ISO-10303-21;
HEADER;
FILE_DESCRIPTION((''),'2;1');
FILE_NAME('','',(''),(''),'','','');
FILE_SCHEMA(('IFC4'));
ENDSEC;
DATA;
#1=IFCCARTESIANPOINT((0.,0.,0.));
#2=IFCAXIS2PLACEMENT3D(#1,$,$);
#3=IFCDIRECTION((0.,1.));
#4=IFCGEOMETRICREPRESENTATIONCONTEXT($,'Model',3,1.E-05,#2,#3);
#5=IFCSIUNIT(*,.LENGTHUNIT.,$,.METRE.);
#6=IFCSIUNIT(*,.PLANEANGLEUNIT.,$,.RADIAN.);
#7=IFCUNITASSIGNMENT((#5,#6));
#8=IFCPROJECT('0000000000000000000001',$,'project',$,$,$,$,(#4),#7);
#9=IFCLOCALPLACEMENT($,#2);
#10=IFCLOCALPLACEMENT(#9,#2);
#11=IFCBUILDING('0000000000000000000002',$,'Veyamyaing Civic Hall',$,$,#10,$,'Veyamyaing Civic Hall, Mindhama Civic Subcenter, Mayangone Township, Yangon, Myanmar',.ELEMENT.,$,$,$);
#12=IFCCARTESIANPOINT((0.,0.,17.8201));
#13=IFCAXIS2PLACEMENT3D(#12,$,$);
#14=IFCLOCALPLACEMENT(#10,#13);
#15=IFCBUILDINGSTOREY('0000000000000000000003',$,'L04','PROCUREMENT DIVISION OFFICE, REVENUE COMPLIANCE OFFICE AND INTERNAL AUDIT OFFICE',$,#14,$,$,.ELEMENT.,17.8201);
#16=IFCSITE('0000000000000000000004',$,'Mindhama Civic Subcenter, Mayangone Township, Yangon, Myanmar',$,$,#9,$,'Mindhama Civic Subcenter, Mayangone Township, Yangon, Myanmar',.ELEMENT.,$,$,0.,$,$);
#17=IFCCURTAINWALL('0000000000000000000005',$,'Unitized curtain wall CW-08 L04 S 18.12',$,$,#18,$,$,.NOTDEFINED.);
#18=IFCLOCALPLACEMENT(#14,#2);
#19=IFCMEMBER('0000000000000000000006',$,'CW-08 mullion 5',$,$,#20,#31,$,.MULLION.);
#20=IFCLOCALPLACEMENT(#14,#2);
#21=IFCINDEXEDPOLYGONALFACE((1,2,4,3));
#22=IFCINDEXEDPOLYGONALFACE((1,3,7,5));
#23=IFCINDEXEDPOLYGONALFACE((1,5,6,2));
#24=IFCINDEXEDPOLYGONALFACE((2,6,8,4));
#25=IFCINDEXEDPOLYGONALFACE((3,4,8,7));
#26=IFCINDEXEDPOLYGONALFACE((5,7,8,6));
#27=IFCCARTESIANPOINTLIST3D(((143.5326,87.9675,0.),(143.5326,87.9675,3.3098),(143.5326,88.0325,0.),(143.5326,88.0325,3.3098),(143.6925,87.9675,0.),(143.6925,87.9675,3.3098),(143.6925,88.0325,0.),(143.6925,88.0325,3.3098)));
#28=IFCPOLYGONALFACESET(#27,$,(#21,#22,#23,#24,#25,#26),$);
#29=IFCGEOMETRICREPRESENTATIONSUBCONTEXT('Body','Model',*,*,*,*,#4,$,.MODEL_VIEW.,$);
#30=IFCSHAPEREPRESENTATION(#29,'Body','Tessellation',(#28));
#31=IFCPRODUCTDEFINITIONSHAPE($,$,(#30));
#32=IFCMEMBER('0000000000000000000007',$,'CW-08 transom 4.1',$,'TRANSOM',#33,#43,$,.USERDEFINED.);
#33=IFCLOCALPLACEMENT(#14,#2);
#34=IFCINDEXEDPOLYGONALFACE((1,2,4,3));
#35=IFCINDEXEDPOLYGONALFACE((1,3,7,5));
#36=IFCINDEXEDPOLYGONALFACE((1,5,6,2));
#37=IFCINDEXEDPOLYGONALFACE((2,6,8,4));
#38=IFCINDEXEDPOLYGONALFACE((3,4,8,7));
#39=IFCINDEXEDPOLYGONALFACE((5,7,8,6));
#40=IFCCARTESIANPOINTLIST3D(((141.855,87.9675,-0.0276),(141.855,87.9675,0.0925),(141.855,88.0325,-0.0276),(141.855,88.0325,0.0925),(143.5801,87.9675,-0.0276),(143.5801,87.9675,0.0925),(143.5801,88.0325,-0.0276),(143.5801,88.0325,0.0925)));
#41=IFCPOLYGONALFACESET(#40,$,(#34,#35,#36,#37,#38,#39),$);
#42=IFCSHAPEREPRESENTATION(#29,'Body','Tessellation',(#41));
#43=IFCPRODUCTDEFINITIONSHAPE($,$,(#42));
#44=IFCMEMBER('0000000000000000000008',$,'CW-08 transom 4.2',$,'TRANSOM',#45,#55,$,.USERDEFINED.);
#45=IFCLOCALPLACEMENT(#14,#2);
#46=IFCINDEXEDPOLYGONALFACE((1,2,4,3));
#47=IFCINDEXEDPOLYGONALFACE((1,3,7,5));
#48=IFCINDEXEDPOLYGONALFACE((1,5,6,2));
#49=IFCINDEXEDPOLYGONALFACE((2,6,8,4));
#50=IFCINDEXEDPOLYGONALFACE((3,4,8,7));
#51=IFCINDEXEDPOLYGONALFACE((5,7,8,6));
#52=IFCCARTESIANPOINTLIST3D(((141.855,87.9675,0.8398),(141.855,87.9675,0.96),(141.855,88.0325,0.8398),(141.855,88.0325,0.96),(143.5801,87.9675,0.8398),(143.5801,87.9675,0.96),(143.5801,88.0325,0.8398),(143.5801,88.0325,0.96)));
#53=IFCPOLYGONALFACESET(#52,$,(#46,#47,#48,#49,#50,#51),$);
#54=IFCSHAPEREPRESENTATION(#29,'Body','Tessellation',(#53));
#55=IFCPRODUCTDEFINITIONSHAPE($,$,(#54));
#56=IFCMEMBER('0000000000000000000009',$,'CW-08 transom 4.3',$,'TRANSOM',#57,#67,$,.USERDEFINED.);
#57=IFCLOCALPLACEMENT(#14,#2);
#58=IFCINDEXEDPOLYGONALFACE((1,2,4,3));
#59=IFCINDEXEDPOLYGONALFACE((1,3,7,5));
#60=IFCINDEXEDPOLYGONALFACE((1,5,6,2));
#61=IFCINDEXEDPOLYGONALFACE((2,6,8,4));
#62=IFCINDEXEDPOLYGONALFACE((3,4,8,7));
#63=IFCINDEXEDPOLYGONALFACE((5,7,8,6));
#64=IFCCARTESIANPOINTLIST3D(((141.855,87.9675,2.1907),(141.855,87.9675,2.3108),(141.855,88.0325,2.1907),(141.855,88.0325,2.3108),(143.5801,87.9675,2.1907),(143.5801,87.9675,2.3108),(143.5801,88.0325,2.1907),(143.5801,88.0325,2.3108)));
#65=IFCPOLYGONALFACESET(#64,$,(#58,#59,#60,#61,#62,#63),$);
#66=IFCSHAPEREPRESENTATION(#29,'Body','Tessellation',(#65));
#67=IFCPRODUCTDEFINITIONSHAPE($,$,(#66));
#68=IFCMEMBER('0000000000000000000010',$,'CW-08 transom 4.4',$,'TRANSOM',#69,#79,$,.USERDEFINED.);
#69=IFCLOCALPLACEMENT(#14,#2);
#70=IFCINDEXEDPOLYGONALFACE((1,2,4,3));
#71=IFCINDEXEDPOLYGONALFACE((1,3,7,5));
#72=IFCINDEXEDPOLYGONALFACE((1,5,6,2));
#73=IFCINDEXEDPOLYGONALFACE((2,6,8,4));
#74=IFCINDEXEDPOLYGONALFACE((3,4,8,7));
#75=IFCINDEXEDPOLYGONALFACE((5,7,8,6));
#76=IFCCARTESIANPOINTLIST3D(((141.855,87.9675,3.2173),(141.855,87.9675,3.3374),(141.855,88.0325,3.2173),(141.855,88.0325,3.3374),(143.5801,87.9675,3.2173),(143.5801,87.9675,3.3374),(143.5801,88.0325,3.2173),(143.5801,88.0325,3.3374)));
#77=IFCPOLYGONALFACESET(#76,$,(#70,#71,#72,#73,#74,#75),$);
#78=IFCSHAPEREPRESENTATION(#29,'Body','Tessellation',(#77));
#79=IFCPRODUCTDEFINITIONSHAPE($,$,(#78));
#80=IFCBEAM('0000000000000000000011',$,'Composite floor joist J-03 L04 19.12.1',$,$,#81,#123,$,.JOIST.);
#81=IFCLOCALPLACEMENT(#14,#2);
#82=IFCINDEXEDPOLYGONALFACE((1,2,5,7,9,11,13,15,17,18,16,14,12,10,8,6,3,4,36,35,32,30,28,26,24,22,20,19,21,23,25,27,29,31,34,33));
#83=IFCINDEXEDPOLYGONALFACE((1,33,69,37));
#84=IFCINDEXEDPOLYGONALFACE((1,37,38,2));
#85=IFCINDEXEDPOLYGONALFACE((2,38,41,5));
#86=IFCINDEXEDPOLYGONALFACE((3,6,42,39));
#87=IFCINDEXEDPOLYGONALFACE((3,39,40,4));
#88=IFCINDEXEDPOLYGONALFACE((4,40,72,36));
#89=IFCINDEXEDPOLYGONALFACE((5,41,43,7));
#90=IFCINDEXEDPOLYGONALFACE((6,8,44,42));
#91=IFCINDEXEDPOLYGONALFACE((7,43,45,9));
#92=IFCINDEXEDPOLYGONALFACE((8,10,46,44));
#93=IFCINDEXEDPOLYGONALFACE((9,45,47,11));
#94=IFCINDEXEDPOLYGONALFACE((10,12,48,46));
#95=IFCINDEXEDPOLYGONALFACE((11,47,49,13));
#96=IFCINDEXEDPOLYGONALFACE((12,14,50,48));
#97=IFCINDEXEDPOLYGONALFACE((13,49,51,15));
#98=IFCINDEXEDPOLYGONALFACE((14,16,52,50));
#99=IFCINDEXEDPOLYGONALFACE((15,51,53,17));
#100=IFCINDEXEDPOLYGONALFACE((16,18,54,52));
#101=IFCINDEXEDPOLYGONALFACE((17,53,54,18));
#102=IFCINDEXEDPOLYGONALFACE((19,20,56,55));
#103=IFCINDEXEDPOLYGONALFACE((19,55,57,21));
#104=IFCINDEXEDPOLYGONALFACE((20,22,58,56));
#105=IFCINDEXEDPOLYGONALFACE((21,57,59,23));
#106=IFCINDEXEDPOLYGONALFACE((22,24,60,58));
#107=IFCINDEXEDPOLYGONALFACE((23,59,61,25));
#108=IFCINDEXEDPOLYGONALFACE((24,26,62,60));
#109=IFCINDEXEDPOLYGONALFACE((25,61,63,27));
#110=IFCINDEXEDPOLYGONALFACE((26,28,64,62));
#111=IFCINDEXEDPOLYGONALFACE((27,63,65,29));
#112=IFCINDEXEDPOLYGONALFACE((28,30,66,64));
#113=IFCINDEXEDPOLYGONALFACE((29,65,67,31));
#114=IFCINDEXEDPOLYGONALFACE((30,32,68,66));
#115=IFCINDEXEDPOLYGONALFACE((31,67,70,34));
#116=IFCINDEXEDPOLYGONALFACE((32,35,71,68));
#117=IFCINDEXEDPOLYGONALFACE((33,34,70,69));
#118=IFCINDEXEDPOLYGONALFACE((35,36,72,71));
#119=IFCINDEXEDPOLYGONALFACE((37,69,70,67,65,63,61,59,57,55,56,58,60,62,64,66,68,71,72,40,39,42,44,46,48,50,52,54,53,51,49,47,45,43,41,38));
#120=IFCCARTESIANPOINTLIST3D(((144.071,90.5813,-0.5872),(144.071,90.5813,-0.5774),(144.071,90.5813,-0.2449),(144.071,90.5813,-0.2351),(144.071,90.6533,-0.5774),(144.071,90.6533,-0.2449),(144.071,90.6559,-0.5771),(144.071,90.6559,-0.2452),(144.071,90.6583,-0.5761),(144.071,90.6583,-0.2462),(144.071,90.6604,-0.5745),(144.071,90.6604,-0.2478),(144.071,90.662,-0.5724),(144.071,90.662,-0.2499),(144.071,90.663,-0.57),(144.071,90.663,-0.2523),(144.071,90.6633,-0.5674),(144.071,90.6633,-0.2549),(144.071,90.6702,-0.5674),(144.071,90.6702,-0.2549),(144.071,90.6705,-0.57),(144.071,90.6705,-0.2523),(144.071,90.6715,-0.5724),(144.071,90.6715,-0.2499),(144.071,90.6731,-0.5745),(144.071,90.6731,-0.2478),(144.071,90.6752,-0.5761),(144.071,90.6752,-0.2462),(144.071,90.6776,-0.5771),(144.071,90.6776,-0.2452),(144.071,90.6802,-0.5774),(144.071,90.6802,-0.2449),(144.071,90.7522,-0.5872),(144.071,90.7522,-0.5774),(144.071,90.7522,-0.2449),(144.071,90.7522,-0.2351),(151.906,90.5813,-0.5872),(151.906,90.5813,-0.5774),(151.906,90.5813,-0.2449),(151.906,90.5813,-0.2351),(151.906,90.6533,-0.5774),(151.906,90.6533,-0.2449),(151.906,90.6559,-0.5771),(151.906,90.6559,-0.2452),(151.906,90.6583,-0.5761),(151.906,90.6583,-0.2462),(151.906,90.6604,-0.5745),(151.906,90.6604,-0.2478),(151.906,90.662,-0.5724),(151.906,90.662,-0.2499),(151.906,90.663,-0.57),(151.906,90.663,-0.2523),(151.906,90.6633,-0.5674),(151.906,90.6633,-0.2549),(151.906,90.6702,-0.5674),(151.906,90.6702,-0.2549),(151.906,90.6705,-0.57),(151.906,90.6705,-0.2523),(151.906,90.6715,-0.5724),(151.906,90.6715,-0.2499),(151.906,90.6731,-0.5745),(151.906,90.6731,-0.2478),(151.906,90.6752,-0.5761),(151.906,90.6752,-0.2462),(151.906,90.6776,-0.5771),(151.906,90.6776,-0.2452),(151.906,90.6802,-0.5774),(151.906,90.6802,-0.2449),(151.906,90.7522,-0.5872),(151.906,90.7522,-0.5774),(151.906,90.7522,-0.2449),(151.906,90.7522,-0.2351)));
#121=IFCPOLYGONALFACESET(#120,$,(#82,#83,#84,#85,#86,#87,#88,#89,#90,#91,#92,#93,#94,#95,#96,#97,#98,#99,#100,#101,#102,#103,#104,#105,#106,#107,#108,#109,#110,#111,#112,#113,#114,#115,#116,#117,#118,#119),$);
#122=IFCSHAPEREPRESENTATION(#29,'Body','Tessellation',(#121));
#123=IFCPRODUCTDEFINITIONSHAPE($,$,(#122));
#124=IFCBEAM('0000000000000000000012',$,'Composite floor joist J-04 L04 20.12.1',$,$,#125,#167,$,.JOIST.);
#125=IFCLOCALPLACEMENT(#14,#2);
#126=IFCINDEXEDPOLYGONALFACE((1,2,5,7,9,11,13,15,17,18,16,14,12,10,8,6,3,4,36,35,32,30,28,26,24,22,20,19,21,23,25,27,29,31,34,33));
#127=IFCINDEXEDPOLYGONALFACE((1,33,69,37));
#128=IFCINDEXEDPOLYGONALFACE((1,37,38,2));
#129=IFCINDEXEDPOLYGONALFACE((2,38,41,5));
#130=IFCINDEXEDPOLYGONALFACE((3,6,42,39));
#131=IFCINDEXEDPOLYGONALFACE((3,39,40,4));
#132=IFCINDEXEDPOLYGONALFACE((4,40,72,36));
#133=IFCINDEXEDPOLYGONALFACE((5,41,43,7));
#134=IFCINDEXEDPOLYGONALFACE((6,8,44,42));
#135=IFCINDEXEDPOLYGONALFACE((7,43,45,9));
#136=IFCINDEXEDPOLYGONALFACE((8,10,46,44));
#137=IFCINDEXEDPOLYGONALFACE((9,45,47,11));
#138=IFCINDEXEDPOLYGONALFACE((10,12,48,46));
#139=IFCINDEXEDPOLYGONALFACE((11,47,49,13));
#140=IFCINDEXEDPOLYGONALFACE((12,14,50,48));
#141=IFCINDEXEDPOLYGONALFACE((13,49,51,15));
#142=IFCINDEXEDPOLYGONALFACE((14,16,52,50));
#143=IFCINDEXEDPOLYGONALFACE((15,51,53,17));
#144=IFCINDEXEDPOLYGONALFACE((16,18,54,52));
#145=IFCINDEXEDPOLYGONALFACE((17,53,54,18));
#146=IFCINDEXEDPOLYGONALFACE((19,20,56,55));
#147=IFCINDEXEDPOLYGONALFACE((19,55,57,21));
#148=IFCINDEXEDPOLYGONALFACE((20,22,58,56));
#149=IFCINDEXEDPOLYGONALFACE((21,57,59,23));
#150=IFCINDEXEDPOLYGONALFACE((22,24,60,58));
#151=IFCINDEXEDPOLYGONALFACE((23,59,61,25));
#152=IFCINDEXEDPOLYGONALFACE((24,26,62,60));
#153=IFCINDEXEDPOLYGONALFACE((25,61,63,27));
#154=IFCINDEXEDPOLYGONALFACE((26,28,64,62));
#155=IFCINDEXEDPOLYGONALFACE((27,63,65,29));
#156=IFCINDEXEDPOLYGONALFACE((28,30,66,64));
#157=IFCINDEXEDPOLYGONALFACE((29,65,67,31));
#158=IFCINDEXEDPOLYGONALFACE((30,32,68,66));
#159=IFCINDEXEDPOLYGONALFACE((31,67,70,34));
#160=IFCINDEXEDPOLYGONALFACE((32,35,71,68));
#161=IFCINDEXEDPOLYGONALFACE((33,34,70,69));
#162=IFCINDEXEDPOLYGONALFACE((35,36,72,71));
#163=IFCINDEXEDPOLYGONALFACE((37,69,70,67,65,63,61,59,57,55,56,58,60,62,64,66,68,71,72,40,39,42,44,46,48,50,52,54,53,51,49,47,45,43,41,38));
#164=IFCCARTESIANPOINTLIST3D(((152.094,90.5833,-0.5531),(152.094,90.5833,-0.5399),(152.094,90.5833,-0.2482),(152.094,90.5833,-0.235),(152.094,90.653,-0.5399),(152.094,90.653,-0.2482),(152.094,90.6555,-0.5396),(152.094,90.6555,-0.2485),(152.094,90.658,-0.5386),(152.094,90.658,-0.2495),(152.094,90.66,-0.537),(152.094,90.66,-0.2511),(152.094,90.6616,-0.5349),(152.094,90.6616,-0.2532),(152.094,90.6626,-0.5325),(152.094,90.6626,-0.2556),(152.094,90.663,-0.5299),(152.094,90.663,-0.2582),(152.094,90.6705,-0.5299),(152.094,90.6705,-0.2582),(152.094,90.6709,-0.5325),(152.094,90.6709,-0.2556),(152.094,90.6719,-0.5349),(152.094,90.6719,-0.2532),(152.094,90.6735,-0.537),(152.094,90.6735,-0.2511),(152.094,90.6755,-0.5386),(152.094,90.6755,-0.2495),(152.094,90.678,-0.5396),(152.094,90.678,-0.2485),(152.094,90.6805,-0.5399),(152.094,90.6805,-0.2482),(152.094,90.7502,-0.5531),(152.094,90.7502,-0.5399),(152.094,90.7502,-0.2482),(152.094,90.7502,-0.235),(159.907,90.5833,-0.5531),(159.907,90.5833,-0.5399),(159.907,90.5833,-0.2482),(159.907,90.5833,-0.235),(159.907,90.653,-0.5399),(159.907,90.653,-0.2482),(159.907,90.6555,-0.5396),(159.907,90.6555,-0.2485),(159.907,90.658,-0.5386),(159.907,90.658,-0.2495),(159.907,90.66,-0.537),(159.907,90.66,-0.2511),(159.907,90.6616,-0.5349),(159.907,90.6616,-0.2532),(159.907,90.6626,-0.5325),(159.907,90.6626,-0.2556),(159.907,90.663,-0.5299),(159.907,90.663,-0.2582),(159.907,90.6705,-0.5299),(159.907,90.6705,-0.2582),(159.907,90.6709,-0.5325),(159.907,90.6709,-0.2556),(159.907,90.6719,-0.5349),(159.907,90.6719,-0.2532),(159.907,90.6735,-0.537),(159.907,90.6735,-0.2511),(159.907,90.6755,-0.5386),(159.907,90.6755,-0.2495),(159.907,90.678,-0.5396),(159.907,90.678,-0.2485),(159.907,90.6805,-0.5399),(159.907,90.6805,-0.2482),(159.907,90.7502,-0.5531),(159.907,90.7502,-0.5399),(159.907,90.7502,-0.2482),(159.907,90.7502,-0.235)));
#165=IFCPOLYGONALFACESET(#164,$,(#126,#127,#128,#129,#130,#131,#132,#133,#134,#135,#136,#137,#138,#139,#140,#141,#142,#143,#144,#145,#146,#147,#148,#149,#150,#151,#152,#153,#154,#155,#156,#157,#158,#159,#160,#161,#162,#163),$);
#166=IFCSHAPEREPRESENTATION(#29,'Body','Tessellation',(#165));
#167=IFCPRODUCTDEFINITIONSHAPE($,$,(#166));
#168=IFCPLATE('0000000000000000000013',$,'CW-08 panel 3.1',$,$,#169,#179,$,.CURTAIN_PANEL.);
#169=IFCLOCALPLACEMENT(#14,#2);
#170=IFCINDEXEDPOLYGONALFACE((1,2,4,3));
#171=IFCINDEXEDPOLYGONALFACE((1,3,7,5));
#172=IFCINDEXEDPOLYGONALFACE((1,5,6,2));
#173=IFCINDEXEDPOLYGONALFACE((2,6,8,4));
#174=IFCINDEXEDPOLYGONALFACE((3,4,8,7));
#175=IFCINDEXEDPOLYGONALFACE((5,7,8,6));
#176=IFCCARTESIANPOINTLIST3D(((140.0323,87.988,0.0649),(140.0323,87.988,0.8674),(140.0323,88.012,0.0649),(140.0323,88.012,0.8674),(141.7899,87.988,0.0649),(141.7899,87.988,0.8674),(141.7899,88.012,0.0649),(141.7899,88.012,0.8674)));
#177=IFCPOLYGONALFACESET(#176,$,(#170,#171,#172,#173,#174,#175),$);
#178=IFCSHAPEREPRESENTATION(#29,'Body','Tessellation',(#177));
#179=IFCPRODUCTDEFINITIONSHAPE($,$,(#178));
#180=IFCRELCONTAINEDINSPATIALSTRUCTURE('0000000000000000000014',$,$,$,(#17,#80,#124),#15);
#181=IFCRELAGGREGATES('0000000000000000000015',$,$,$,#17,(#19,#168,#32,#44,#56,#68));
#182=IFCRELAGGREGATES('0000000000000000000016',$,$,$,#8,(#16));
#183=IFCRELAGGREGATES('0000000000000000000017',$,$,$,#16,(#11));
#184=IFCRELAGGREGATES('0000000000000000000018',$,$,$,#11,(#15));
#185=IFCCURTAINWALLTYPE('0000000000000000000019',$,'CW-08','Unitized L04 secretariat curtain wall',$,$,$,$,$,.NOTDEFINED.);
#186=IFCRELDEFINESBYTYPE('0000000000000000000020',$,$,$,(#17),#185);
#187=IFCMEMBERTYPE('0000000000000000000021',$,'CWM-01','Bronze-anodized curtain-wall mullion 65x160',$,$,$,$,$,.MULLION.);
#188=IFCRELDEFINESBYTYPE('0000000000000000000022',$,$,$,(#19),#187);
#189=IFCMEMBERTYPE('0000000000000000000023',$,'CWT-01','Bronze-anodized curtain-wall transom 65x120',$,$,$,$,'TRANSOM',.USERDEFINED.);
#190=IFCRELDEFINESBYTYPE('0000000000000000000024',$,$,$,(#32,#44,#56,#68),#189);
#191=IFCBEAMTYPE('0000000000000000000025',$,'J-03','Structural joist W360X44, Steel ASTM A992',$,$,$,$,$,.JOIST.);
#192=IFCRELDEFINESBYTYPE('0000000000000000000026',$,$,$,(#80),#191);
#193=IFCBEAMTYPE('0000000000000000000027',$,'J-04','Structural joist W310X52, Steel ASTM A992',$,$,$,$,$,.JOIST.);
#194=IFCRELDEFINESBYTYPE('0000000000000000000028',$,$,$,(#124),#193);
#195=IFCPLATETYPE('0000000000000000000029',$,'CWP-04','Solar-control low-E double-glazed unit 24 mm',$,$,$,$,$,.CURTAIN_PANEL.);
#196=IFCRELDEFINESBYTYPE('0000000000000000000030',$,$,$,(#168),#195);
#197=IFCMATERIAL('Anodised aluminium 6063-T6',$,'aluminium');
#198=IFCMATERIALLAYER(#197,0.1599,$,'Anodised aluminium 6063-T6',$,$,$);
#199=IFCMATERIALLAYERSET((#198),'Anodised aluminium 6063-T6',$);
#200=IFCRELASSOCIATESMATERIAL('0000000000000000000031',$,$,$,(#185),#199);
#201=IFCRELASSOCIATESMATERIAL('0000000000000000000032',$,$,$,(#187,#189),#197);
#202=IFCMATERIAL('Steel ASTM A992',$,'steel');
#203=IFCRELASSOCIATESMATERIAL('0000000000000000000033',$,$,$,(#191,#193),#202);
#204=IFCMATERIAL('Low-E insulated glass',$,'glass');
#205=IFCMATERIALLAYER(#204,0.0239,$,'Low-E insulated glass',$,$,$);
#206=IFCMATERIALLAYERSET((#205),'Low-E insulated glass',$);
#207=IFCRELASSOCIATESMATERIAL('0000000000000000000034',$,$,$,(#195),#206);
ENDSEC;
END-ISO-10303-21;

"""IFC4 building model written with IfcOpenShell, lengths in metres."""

from ifc_helpers import new_model, si_unit, direction, frame, origin, origin_2d, place, context, subcontext, project, spatial, rectangle, i_section, extrude, material, layer, layer_set, material_profile, profile_set, type_object, element, aggregate, save


model = new_model("IFC4")

# Units and contexts
model_context = context("Model", 3, precision=1e-05, world=origin(), true_north=direction((0.0, 1.0)))
body_context = subcontext(model_context, "Body", "Model", "MODEL_VIEW")
ifc_project = project(units=[si_unit("LENGTHUNIT", "METRE"), si_unit("PLANEANGLEUNIT", "RADIAN")], contexts=[model_context])

# Site, building, storey
site_placement = place(None, origin())
site = spatial("IfcSite", under=ifc_project, at=site_placement, Name="Mindhama Civic Subcenter, Mayangone Township, Yangon, Myanmar", LongName="Mindhama Civic Subcenter, Mayangone Township, Yangon, Myanmar", CompositionType="ELEMENT", RefElevation=0.0)
building_placement = place(site_placement, origin())
building = spatial("IfcBuilding", under=site, at=building_placement, Name="Veyamyaing Civic Hall", LongName="Veyamyaing Civic Hall, Mindhama Civic Subcenter, Mayangone Township, Yangon, Myanmar", CompositionType="ELEMENT")
storey_placement = place(building_placement, frame((0.0, 0.0, 17.8201)))
storey = spatial("IfcBuildingStorey", under=building, at=storey_placement, Name="L04", Description="PROCUREMENT DIVISION OFFICE, REVENUE COMPLIANCE OFFICE AND INTERNAL AUDIT OFFICE", CompositionType="ELEMENT", Elevation=17.8201)

# Shared definitions
ifc_material_1 = material(Name="Steel ASTM A992", Category="steel")

# Curtain wall, members
ifc_material_2 = material(Name="Anodised aluminium 6063-T6", Category="aluminium")
ifc_layer_1 = layer(ifc_material_2, 0.1599, Name="Anodised aluminium 6063-T6")
ifc_layer_set_1 = layer_set([ifc_layer_1], Name="Anodised aluminium 6063-T6")
curtain_wall_type = type_object("IfcCurtainWallType", Name="CW-08", Description="Unitized L04 secretariat curtain wall", PredefinedType="NOTDEFINED", material=ifc_layer_set_1)
curtain_wall_placement = place(storey_placement, origin())
curtain_wall = element("IfcCurtainWall", 1, at=curtain_wall_placement, inside=storey, type_object=curtain_wall_type, Name="Unitized curtain wall CW-08 L04 S 18.12", PredefinedType="NOTDEFINED")
ifc_material_profile_1 = material_profile(ifc_material_2, rectangle(XDim=0.0649, YDim=0.1599, at=origin_2d()), Name="ALU-MUL-65X160")
ifc_profile_set_1 = profile_set([ifc_material_profile_1], Name="Anodised aluminium 6063-T6")
member_type_1 = type_object("IfcMemberType", Name="CWM-01", Description="Bronze-anodized curtain-wall mullion 65x160", PredefinedType="MULLION", material=ifc_profile_set_1)
member_1_placement = place(storey_placement, frame((143.6125, 88.0, 0.0), z_axis=(0.0, 0.0, 1.0), x_axis=(0.0, 1.0, 0.0)))
member_1 = element("IfcMember", 2, at=member_1_placement, type_object=member_type_1, Name="CW-08 mullion 5", PredefinedType="MULLION", context=body_context, shape_type="SweptSolid", body=[
    extrude(rectangle(XDim=0.0649, YDim=0.1599, at=origin_2d()), origin(), (0.0, 0.0, 1.0), 3.3098),
])
ifc_material_profile_2 = material_profile(ifc_material_2, rectangle(XDim=0.0649, YDim=0.1201, at=origin_2d()), Name="ALU-TRN-65X120")
ifc_profile_set_2 = profile_set([ifc_material_profile_2], Name="Anodised aluminium 6063-T6")
member_type_2 = type_object("IfcMemberType", Name="CWT-01", Description="Bronze-anodized curtain-wall transom 65x120", ElementType="TRANSOM", PredefinedType="USERDEFINED", material=ifc_profile_set_2)
member_2_placement = place(storey_placement, frame((141.855, 88.0, 0.0325), z_axis=(1.0, 0.0, 0.0), x_axis=(0.0, 1.0, 0.0)))
member_2 = element("IfcMember", 3, at=member_2_placement, type_object=member_type_2, Name="CW-08 transom 4.1", ObjectType="TRANSOM", PredefinedType="USERDEFINED", context=body_context, shape_type="SweptSolid", body=[
    extrude(rectangle(XDim=0.0649, YDim=0.1201, at=origin_2d()), origin(), (0.0, 0.0, 1.0), 1.7251),
])
member_3_placement = place(storey_placement, frame((141.855, 88.0, 0.8999), z_axis=(1.0, 0.0, 0.0), x_axis=(0.0, 1.0, 0.0)))
member_3 = element("IfcMember", 4, at=member_3_placement, type_object=member_type_2, Name="CW-08 transom 4.2", ObjectType="TRANSOM", PredefinedType="USERDEFINED", context=body_context, shape_type="SweptSolid", body=[
    extrude(rectangle(XDim=0.0649, YDim=0.1201, at=origin_2d()), origin(), (0.0, 0.0, 1.0), 1.7251),
])
member_4_placement = place(storey_placement, frame((141.855, 88.0, 2.2507), z_axis=(1.0, 0.0, 0.0), x_axis=(0.0, 1.0, 0.0)))
member_4 = element("IfcMember", 5, at=member_4_placement, type_object=member_type_2, Name="CW-08 transom 4.3", ObjectType="TRANSOM", PredefinedType="USERDEFINED", context=body_context, shape_type="SweptSolid", body=[
    extrude(rectangle(XDim=0.0649, YDim=0.1201, at=origin_2d()), origin(), (0.0, 0.0, 1.0), 1.7251),
])
member_5_placement = place(storey_placement, frame((141.855, 88.0, 3.2773), z_axis=(1.0, 0.0, 0.0), x_axis=(0.0, 1.0, 0.0)))
member_5 = element("IfcMember", 6, at=member_5_placement, type_object=member_type_2, Name="CW-08 transom 4.4", ObjectType="TRANSOM", PredefinedType="USERDEFINED", context=body_context, shape_type="SweptSolid", body=[
    extrude(rectangle(XDim=0.0649, YDim=0.1201, at=origin_2d()), origin(), (0.0, 0.0, 1.0), 1.7251),
])

# Beams
ifc_material_profile_3 = material_profile(ifc_material_1, i_section(OverallWidth=0.1709, OverallDepth=0.3521, WebThickness=0.0068, FlangeThickness=0.0098, FilletRadius=0.01, at=origin_2d()), Name="W360X44")
ifc_profile_set_3 = profile_set([ifc_material_profile_3], Name="Steel ASTM A992")
beam_type_1 = type_object("IfcBeamType", Name="J-03", Description="Structural joist W360X44, Steel ASTM A992", PredefinedType="JOIST", material=ifc_profile_set_3)
beam_1_placement = place(storey_placement, frame((144.071, 90.6667, -0.4111), z_axis=(1.0, 0.0, 0.0), x_axis=(0.0, 1.0, 0.0)))
element("IfcBeam", 7, at=beam_1_placement, inside=storey, type_object=beam_type_1, Name="Composite floor joist J-03 L04 19.12.1", PredefinedType="JOIST", context=body_context, shape_type="SweptSolid", body=[
    extrude(i_section(OverallWidth=0.1709, OverallDepth=0.3521, WebThickness=0.0068, FlangeThickness=0.0098, FilletRadius=0.01, at=origin_2d()), origin(), (0.0, 0.0, 1.0), 7.835),
])
ifc_material_profile_4 = material_profile(ifc_material_1, i_section(OverallWidth=0.167, OverallDepth=0.3181, WebThickness=0.0076, FlangeThickness=0.0132, FilletRadius=0.01, at=origin_2d()), Name="W310X52")
ifc_profile_set_4 = profile_set([ifc_material_profile_4], Name="Steel ASTM A992")
beam_type_2 = type_object("IfcBeamType", Name="J-04", Description="Structural joist W310X52, Steel ASTM A992", PredefinedType="JOIST", material=ifc_profile_set_4)
beam_2_placement = place(storey_placement, frame((152.094, 90.6667, -0.394), z_axis=(1.0, 0.0, 0.0), x_axis=(0.0, 1.0, 0.0)))
element("IfcBeam", 8, at=beam_2_placement, inside=storey, type_object=beam_type_2, Name="Composite floor joist J-04 L04 20.12.1", PredefinedType="JOIST", context=body_context, shape_type="SweptSolid", body=[
    extrude(i_section(OverallWidth=0.167, OverallDepth=0.3181, WebThickness=0.0076, FlangeThickness=0.0132, FilletRadius=0.01, at=origin_2d()), origin(), (0.0, 0.0, 1.0), 7.813),
])

# Plate
ifc_material_3 = material(Name="Low-E insulated glass", Category="glass")
ifc_layer_2 = layer(ifc_material_3, 0.0239, Name="Low-E insulated glass")
ifc_layer_set_2 = layer_set([ifc_layer_2], Name="Low-E insulated glass")
plate_type = type_object("IfcPlateType", Name="CWP-04", Description="Solar-control low-E double-glazed unit 24 mm", PredefinedType="CURTAIN_PANEL", material=ifc_layer_set_2)
plate_1_placement = place(storey_placement, frame((140.9111, 88.0, 0.0649), z_axis=(0.0, 0.0, 1.0), x_axis=(1.0, 0.0, 0.0)))
plate_1 = element("IfcPlate", 9, at=plate_1_placement, type_object=plate_type, Name="CW-08 panel 3.1", PredefinedType="CURTAIN_PANEL", context=body_context, shape_type="SweptSolid", body=[
    extrude(rectangle(XDim=1.7576, YDim=0.0239, at=origin_2d()), origin(), (0.0, 0.0, 1.0), 0.8025),
])
aggregate(curtain_wall, [member_1, plate_1, member_2, member_3, member_4, member_5])

save(model, "model.ifc")
